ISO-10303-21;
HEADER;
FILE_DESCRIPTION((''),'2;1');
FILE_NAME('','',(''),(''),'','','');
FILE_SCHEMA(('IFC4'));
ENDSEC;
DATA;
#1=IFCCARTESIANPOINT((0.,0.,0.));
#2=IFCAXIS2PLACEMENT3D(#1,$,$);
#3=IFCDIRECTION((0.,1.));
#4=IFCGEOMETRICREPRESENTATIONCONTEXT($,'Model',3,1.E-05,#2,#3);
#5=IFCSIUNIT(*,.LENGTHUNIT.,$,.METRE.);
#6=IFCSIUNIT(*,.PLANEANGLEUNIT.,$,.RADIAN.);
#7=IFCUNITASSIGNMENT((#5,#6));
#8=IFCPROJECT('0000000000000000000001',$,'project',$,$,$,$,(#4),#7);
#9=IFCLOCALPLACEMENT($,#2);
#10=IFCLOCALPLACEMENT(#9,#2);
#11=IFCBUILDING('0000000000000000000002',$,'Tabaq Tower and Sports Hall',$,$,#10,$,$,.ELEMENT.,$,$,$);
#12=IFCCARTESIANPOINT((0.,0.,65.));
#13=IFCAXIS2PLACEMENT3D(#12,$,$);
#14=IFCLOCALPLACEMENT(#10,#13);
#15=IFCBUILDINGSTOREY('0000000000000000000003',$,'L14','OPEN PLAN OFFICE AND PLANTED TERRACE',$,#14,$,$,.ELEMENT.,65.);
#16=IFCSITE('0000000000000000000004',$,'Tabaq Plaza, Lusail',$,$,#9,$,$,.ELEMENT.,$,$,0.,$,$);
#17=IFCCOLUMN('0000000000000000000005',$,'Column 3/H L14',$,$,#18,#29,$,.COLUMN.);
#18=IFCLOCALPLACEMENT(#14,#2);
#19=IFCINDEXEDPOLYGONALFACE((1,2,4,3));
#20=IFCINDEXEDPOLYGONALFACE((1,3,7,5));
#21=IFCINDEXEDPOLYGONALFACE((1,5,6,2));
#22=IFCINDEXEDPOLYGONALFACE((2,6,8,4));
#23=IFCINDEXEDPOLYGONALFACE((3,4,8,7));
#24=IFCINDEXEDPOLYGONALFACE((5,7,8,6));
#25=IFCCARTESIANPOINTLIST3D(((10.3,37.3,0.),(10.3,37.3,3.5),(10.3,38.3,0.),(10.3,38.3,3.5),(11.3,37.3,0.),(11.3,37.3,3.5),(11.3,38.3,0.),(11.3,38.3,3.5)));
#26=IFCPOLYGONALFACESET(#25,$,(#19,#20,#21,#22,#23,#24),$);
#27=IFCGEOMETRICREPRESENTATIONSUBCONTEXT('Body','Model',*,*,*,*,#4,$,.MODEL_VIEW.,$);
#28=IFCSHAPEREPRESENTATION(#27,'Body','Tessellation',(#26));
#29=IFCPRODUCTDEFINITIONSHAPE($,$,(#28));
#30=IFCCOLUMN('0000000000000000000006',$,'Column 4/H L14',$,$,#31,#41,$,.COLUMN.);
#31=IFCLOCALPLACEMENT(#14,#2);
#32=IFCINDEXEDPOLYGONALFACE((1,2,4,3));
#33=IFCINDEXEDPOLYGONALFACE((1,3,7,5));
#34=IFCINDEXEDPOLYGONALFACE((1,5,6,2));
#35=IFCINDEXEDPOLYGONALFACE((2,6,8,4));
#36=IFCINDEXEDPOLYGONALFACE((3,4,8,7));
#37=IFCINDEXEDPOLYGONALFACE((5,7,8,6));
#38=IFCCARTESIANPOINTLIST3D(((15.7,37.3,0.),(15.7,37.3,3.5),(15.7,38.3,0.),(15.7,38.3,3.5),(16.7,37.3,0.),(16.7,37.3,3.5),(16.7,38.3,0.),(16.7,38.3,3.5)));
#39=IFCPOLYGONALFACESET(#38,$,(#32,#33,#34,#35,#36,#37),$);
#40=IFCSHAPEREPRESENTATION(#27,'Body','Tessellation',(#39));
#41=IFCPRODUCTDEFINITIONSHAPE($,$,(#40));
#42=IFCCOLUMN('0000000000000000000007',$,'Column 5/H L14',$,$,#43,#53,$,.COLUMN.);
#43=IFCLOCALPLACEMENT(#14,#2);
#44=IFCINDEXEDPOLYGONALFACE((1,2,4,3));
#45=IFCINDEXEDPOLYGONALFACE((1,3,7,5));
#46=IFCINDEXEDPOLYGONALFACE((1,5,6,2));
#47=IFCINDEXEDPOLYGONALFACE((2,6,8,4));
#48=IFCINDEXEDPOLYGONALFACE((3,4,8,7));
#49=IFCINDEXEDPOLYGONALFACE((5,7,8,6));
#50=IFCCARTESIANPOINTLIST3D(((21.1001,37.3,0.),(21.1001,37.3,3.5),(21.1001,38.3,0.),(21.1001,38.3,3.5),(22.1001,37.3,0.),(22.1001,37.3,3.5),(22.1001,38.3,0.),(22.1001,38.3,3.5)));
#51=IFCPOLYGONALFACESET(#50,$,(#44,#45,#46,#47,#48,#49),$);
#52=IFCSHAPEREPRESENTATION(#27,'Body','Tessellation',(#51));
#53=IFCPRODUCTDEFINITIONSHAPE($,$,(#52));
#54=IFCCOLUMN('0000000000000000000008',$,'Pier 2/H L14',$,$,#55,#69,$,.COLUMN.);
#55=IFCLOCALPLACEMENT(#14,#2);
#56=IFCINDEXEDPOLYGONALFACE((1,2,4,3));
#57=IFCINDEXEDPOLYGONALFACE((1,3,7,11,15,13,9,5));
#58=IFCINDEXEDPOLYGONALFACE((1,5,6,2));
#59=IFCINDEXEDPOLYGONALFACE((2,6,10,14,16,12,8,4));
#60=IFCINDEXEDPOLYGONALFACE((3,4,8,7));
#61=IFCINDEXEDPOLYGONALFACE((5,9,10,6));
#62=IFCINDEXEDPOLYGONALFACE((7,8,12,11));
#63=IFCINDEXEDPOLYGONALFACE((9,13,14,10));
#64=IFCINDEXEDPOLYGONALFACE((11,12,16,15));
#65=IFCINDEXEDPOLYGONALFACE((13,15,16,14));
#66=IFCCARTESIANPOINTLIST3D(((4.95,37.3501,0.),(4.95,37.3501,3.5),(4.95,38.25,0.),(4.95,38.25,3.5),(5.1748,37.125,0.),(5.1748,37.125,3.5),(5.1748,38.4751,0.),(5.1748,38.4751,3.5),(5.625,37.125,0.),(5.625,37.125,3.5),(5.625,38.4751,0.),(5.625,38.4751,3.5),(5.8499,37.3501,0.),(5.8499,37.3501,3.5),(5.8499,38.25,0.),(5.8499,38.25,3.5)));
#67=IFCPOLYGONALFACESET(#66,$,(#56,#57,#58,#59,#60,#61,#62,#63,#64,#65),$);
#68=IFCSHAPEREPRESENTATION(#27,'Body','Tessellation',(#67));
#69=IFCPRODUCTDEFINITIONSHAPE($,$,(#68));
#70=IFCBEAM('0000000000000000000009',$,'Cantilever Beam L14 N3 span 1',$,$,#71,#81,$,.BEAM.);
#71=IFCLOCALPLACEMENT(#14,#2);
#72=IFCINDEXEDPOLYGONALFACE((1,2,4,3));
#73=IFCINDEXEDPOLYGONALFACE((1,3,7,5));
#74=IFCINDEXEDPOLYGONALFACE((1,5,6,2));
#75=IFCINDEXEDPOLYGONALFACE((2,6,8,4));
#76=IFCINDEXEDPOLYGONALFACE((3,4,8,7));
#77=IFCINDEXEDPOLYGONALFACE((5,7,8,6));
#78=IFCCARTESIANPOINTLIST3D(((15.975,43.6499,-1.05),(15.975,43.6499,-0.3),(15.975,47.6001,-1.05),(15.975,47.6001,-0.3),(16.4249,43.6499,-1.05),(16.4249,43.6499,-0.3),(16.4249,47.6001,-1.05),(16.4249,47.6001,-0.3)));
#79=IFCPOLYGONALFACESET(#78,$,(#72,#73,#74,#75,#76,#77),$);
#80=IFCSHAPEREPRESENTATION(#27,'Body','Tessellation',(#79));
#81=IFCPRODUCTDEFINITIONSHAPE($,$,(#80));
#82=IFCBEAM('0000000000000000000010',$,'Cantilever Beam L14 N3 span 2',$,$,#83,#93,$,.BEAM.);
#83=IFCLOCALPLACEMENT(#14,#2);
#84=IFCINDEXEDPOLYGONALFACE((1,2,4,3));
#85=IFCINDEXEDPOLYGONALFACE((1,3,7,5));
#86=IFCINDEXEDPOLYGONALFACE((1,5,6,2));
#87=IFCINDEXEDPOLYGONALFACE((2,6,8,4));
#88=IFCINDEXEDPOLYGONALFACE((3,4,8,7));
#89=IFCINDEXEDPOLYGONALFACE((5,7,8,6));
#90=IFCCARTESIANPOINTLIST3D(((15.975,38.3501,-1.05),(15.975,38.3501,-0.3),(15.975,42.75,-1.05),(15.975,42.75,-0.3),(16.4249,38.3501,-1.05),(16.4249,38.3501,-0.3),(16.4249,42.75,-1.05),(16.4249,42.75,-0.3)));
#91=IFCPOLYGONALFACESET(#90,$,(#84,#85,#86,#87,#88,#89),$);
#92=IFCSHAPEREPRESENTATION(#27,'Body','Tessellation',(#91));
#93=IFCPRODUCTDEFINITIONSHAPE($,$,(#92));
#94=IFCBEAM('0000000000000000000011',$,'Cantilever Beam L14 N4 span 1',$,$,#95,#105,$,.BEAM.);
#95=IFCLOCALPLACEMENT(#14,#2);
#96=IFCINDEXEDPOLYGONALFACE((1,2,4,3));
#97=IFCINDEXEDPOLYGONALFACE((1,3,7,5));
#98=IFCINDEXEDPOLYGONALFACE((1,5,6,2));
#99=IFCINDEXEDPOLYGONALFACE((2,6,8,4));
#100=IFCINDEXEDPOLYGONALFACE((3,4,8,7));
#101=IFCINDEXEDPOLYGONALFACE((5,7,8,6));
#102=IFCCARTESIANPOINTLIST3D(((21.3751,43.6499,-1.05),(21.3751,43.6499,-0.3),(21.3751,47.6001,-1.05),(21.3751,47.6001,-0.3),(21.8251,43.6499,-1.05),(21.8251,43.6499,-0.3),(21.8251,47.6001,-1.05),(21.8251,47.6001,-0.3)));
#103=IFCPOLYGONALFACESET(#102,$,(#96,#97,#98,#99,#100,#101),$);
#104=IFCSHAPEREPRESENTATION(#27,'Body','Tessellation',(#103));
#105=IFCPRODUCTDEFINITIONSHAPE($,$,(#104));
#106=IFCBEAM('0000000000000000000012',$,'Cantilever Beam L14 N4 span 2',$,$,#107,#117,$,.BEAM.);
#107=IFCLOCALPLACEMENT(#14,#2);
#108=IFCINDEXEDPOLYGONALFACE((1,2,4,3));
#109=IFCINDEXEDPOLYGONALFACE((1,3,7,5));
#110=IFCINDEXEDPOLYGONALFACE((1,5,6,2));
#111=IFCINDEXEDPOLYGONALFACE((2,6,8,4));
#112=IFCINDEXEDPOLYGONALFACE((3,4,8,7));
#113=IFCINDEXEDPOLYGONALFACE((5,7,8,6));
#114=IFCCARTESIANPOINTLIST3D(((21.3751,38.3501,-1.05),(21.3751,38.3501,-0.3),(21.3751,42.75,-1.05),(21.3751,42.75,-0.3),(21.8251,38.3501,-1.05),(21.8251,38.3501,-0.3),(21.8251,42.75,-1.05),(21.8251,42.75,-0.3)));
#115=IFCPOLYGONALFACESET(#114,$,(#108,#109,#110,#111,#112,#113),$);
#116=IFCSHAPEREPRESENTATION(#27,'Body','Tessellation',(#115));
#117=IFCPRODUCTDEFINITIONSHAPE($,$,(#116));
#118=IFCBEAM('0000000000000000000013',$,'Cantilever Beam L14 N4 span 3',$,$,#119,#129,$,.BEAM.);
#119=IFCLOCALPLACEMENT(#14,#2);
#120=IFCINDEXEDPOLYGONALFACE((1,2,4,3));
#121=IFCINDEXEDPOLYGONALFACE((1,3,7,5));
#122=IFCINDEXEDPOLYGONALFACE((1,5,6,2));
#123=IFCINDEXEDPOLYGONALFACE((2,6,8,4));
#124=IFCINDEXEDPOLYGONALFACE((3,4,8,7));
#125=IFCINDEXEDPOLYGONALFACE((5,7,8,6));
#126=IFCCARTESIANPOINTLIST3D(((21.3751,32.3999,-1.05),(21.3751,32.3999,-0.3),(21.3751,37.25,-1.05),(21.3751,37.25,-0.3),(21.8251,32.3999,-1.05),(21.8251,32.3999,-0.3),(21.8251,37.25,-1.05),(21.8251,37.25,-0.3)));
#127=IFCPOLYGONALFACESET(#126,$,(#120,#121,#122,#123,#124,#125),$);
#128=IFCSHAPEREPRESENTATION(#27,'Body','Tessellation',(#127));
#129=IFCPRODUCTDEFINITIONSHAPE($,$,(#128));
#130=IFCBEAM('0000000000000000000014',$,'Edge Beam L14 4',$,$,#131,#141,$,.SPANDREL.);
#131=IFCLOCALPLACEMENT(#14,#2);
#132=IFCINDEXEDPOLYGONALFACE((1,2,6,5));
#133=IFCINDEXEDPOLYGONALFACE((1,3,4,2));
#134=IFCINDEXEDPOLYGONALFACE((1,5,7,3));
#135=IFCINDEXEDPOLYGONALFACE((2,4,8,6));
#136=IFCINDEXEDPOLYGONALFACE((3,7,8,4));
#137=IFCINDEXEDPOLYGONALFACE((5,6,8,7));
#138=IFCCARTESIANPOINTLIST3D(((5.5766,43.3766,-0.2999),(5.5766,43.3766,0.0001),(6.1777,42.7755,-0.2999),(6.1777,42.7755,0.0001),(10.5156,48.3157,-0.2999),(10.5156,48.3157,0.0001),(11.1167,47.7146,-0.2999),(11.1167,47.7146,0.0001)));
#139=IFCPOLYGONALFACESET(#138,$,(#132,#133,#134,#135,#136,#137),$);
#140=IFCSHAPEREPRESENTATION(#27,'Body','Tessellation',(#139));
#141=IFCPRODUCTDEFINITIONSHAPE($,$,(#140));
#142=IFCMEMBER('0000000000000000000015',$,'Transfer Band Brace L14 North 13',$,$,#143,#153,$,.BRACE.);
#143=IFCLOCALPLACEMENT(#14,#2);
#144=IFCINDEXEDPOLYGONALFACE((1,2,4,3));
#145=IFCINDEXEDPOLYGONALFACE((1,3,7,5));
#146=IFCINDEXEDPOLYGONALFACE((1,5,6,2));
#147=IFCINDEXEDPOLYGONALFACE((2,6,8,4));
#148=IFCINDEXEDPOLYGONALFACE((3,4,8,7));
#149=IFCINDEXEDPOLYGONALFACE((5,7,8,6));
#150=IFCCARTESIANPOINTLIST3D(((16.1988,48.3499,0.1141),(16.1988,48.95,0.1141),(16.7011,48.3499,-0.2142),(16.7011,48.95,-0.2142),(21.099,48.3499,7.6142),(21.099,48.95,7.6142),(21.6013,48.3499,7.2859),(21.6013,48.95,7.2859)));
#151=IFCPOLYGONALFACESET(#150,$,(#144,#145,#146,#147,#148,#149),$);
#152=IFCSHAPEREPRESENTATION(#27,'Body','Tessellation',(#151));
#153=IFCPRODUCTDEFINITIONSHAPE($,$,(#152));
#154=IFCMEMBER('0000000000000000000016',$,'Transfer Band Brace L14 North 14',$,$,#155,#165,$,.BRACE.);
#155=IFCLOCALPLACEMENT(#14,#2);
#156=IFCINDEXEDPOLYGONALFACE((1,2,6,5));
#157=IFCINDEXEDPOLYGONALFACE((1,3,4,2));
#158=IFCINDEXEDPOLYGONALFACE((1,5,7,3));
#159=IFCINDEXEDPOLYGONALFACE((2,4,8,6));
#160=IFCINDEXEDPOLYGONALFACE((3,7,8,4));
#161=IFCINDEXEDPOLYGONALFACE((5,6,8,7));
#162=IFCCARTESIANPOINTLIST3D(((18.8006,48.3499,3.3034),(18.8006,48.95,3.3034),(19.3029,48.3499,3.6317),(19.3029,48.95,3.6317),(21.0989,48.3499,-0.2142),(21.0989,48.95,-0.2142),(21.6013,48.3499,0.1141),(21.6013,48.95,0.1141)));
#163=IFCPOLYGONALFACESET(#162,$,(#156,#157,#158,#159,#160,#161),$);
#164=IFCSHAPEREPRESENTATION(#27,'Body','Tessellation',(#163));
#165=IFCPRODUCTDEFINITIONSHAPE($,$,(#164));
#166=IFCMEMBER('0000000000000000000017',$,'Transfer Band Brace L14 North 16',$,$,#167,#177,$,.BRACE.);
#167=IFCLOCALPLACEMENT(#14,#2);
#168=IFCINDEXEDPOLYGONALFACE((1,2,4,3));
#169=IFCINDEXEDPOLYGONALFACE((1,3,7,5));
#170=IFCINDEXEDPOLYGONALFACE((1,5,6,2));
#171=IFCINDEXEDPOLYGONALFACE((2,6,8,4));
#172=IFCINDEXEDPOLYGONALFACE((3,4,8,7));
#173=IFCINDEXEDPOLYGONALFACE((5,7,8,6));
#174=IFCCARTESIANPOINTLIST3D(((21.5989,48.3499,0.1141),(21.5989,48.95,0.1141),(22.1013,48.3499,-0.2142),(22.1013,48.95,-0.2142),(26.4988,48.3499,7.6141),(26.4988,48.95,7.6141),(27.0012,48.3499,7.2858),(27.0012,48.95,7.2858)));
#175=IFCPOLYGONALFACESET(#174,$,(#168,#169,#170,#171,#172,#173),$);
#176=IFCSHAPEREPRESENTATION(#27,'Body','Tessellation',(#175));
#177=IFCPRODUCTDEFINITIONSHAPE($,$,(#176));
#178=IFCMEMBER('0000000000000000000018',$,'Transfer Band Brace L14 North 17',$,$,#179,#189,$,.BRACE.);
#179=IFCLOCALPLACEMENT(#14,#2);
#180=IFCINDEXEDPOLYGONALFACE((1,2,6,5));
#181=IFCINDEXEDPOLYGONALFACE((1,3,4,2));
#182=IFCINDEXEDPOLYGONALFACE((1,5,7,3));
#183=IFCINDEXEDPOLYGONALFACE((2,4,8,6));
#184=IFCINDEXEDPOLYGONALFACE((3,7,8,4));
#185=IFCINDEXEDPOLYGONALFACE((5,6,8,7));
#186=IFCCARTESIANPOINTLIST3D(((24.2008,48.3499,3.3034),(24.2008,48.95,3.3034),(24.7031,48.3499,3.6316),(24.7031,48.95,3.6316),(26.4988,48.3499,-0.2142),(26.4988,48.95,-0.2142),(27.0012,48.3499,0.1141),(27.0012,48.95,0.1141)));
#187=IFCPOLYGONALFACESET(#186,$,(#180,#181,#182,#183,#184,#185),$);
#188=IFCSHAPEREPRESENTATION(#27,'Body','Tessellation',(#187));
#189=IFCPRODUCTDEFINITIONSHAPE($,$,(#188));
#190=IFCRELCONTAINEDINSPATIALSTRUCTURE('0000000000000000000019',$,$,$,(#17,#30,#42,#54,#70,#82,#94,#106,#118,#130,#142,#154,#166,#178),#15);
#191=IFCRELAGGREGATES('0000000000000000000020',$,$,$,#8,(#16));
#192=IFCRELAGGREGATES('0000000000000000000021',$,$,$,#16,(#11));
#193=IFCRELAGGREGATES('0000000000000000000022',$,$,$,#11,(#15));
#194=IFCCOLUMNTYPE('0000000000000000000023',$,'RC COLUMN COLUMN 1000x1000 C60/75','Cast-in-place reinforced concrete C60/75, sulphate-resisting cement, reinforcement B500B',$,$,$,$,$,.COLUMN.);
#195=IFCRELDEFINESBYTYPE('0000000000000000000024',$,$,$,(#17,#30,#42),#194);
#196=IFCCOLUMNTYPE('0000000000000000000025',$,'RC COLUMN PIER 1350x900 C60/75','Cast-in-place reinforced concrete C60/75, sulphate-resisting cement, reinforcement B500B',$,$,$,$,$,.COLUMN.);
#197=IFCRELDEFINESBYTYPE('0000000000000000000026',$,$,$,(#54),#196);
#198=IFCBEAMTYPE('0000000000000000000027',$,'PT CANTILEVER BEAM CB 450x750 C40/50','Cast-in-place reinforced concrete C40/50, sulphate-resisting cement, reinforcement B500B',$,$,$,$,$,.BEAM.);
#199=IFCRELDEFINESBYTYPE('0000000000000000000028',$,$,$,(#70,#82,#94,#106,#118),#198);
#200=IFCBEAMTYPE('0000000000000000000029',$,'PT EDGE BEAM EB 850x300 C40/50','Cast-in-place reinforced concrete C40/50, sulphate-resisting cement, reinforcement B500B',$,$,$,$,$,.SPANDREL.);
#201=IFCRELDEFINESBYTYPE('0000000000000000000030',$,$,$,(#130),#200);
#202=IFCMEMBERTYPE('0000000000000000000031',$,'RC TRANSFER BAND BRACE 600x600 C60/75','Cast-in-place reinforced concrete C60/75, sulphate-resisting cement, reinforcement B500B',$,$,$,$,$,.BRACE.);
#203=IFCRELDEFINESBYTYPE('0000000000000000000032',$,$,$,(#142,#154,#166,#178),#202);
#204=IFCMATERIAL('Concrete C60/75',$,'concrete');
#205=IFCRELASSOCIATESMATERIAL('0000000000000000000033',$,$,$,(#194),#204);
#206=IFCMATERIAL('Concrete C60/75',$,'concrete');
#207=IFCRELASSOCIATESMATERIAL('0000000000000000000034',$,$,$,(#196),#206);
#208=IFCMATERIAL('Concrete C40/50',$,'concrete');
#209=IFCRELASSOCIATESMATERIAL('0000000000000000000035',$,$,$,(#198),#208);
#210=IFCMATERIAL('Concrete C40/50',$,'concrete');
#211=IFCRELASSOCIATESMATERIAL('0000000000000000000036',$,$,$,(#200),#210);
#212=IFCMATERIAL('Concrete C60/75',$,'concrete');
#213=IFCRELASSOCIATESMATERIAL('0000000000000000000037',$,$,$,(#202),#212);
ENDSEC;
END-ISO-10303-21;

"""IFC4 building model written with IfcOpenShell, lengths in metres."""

from ifc_helpers import new_model, si_unit, direction, frame, origin, origin_2d, place, context, subcontext, project, spatial, polyline, rectangle, outline, extrude, material, material_profile, profile_set, type_object, element, save


model = new_model("IFC4")

# Units and contexts
model_context = context("Model", 3, precision=1e-05, world=origin(), true_north=direction((0.0, 1.0)))
body_context = subcontext(model_context, "Body", "Model", "MODEL_VIEW")
ifc_project = project(units=[si_unit("LENGTHUNIT", "METRE"), si_unit("PLANEANGLEUNIT", "RADIAN")], contexts=[model_context])

# Site, building, storey
site_placement = place(None, origin())
site = spatial("IfcSite", under=ifc_project, at=site_placement, Name="Tabaq Plaza, Lusail", CompositionType="ELEMENT", RefElevation=0.0)
building_placement = place(site_placement, origin())
building = spatial("IfcBuilding", under=site, at=building_placement, Name="Tabaq Tower and Sports Hall", CompositionType="ELEMENT")
storey_placement = place(building_placement, frame((0.0, 0.0, 65.0)))
storey = spatial("IfcBuildingStorey", under=building, at=storey_placement, Name="L14", Description="OPEN PLAN OFFICE AND PLANTED TERRACE", CompositionType="ELEMENT", Elevation=65.0)

# Columns
ifc_material_1 = material(Name="Concrete C60/75", Category="concrete")
ifc_material_profile_1 = material_profile(ifc_material_1, rectangle(XDim=1.0, YDim=1.0, at=origin_2d()), Name="COLUMN 1000x1000")
ifc_profile_set_1 = profile_set([ifc_material_profile_1], Name="Concrete C60/75")
column_type_1 = type_object("IfcColumnType", Name="RC COLUMN COLUMN 1000x1000 C60/75", Description="Cast-in-place reinforced concrete C60/75, sulphate-resisting cement, reinforcement B500B", PredefinedType="COLUMN", material=ifc_profile_set_1)
for number, where, z_axis, x_axis, name in (
    (1, (10.8, 37.8, 0.0), (0.0, 0.0, 1.0), (1.0, 0.0, 0.0), "Column 3/H L14"),
    (2, (16.2, 37.8, 0.0), (0.0, 0.0, 1.0), (1.0, 0.0, 0.0), "Column 4/H L14"),
    (3, (21.6001, 37.8, 0.0), (0.0, 0.0, 1.0), (1.0, 0.0, 0.0), "Column 5/H L14"),
):
    element("IfcColumn", number, at=place(storey_placement, frame(where, z_axis=z_axis, x_axis=x_axis)), inside=storey, type_object=column_type_1, Name=name, PredefinedType="COLUMN", context=body_context, shape_type="SweptSolid", body=[
        extrude(rectangle(XDim=1.0, YDim=1.0, at=origin_2d()), origin(), (0.0, 0.0, 1.0), 3.5),
    ])
ifc_material_2 = material(Name="Concrete C60/75", Category="concrete")
ifc_material_profile_2 = material_profile(ifc_material_2, outline(polyline([(-0.45, -0.45), (0.45, -0.45), (0.675, -0.2251), (0.675, 0.2251), (0.45, 0.45), (-0.45, 0.45), (-0.675, 0.2251), (-0.675, -0.2251), (-0.45, -0.45)])), Name="PIER 1350x900")
ifc_profile_set_2 = profile_set([ifc_material_profile_2], Name="Concrete C60/75")
column_type_2 = type_object("IfcColumnType", Name="RC COLUMN PIER 1350x900 C60/75", Description="Cast-in-place reinforced concrete C60/75, sulphate-resisting cement, reinforcement B500B", PredefinedType="COLUMN", material=ifc_profile_set_2)
column_placement = place(storey_placement, frame((5.3999, 37.8, 0.0), z_axis=(0.0, 0.0, 1.0), x_axis=(0.0, 1.0, 0.0)))
element("IfcColumn", 4, at=column_placement, inside=storey, type_object=column_type_2, Name="Pier 2/H L14", PredefinedType="COLUMN", context=body_context, shape_type="SweptSolid", body=[
    extrude(outline(polyline([(-0.45, -0.45), (0.45, -0.45), (0.675, -0.2251), (0.675, 0.2251), (0.45, 0.45), (-0.45, 0.45), (-0.675, 0.2251), (-0.675, -0.2251), (-0.45, -0.45)])), origin(), (0.0, 0.0, 1.0), 3.5),
])

# Beams
ifc_material_3 = material(Name="Concrete C40/50", Category="concrete")
ifc_material_profile_3 = material_profile(ifc_material_3, rectangle(XDim=0.45, YDim=0.75, at=origin_2d()), Name="CB 450x750")
ifc_profile_set_3 = profile_set([ifc_material_profile_3], Name="Concrete C40/50")
beam_type_1 = type_object("IfcBeamType", Name="PT CANTILEVER BEAM CB 450x750 C40/50", Description="Cast-in-place reinforced concrete C40/50, sulphate-resisting cement, reinforcement B500B", PredefinedType="BEAM", material=ifc_profile_set_3)
beam_1_placement = place(storey_placement, frame((16.2, 47.6001, -0.675), z_axis=(0.0, -1.0, 0.0), x_axis=(1.0, 0.0, 0.0)))
element("IfcBeam", 5, at=beam_1_placement, inside=storey, type_object=beam_type_1, Name="Cantilever Beam L14 N3 span 1", PredefinedType="BEAM", context=body_context, shape_type="SweptSolid", body=[
    extrude(rectangle(XDim=0.45, YDim=0.75, at=origin_2d()), origin(), (0.0, 0.0, 1.0), 3.9502),
])
beam_2_placement = place(storey_placement, frame((16.2, 42.75, -0.675), z_axis=(0.0, -1.0, 0.0), x_axis=(1.0, 0.0, 0.0)))
element("IfcBeam", 6, at=beam_2_placement, inside=storey, type_object=beam_type_1, Name="Cantilever Beam L14 N3 span 2", PredefinedType="BEAM", context=body_context, shape_type="SweptSolid", body=[
    extrude(rectangle(XDim=0.45, YDim=0.75, at=origin_2d()), origin(), (0.0, 0.0, 1.0), 4.3999),
])
beam_3_placement = place(storey_placement, frame((21.6001, 47.6001, -0.675), z_axis=(0.0, -1.0, 0.0), x_axis=(1.0, 0.0, 0.0)))
element("IfcBeam", 7, at=beam_3_placement, inside=storey, type_object=beam_type_1, Name="Cantilever Beam L14 N4 span 1", PredefinedType="BEAM", context=body_context, shape_type="SweptSolid", body=[
    extrude(rectangle(XDim=0.45, YDim=0.75, at=origin_2d()), origin(), (0.0, 0.0, 1.0), 3.9502),
])
beam_4_placement = place(storey_placement, frame((21.6001, 42.75, -0.675), z_axis=(0.0, -1.0, 0.0), x_axis=(1.0, 0.0, 0.0)))
element("IfcBeam", 8, at=beam_4_placement, inside=storey, type_object=beam_type_1, Name="Cantilever Beam L14 N4 span 2", PredefinedType="BEAM", context=body_context, shape_type="SweptSolid", body=[
    extrude(rectangle(XDim=0.45, YDim=0.75, at=origin_2d()), origin(), (0.0, 0.0, 1.0), 4.3999),
])
beam_5_placement = place(storey_placement, frame((21.6001, 37.25, -0.675), z_axis=(0.0, -1.0, 0.0), x_axis=(1.0, 0.0, 0.0)))
element("IfcBeam", 9, at=beam_5_placement, inside=storey, type_object=beam_type_1, Name="Cantilever Beam L14 N4 span 3", PredefinedType="BEAM", context=body_context, shape_type="SweptSolid", body=[
    extrude(rectangle(XDim=0.45, YDim=0.75, at=origin_2d()), origin(), (0.0, 0.0, 1.0), 4.8501),
])
ifc_material_4 = material(Name="Concrete C40/50", Category="concrete")
ifc_material_profile_4 = material_profile(ifc_material_4, rectangle(XDim=0.8501, YDim=0.3, at=origin_2d()), Name="EB 850x300")
ifc_profile_set_4 = profile_set([ifc_material_profile_4], Name="Concrete C40/50")
beam_type_2 = type_object("IfcBeamType", Name="PT EDGE BEAM EB 850x300 C40/50", Description="Cast-in-place reinforced concrete C40/50, sulphate-resisting cement, reinforcement B500B", PredefinedType="SPANDREL", material=ifc_profile_set_4)
beam_6_placement = place(storey_placement, frame((10.8162, 48.0151, -0.1499), z_axis=(-0.707107, -0.707107, 0.0), x_axis=(0.707107, -0.707107, 0.0)))
element("IfcBeam", 10, at=beam_6_placement, inside=storey, type_object=beam_type_2, Name="Edge Beam L14 4", PredefinedType="SPANDREL", context=body_context, shape_type="SweptSolid", body=[
    extrude(rectangle(XDim=0.8501, YDim=0.3, at=origin_2d()), origin(), (0.0, 0.0, 1.0), 6.9849),
])

# Members
ifc_material_5 = material(Name="Concrete C60/75", Category="concrete")
ifc_material_profile_5 = material_profile(ifc_material_5, rectangle(XDim=0.6001, YDim=0.6001, at=origin_2d()), Name="TRANSFER BAND BRACE 600x600")
ifc_profile_set_5 = profile_set([ifc_material_profile_5], Name="Concrete C60/75")
member_type = type_object("IfcMemberType", Name="RC TRANSFER BAND BRACE 600x600 C60/75", Description="Cast-in-place reinforced concrete C60/75, sulphate-resisting cement, reinforcement B500B", PredefinedType="BRACE", material=ifc_profile_set_5)
member_1_placement = place(storey_placement, frame((16.45, 48.6499, -0.05), z_axis=(0.54696, 0.0, 0.837159), x_axis=(0.0, 1.0, 0.0)))
element("IfcMember", 11, at=member_1_placement, inside=storey, type_object=member_type, Name="Transfer Band Brace L14 North 13", PredefinedType="BRACE", context=body_context, shape_type="SweptSolid", body=[
    extrude(rectangle(XDim=0.6001, YDim=0.6001, at=origin_2d()), origin(), (0.0, 0.0, 1.0), 8.959),
])
member_2_placement = place(storey_placement, frame((21.3501, 48.6499, -0.05), z_axis=(-0.54698, 0.0, 0.837146), x_axis=(0.0, -1.0, 0.0)))
element("IfcMember", 12, at=member_2_placement, inside=storey, type_object=member_type, Name="Transfer Band Brace L14 North 14", PredefinedType="BRACE", context=body_context, shape_type="SweptSolid", body=[
    extrude(rectangle(XDim=0.6001, YDim=0.6001, at=origin_2d()), origin(), (0.0, 0.0, 1.0), 4.2019),
])
member_3_placement = place(storey_placement, frame((21.8501, 48.6499, -0.05), z_axis=(0.546941, 0.0, 0.837171), x_axis=(0.0, 1.0, 0.0)))
element("IfcMember", 13, at=member_3_placement, inside=storey, type_object=member_type, Name="Transfer Band Brace L14 North 16", PredefinedType="BRACE", context=body_context, shape_type="SweptSolid", body=[
    extrude(rectangle(XDim=0.6001, YDim=0.6001, at=origin_2d()), origin(), (0.0, 0.0, 1.0), 8.9587),
])
member_4_placement = place(storey_placement, frame((26.75, 48.6499, -0.05), z_axis=(-0.546939, 0.0, 0.837172), x_axis=(0.0, -1.0, 0.0)))
element("IfcMember", 14, at=member_4_placement, inside=storey, type_object=member_type, Name="Transfer Band Brace L14 North 17", PredefinedType="BRACE", context=body_context, shape_type="SweptSolid", body=[
    extrude(rectangle(XDim=0.6001, YDim=0.6001, at=origin_2d()), origin(), (0.0, 0.0, 1.0), 4.2017),
])

save(model, "model.ifc")
